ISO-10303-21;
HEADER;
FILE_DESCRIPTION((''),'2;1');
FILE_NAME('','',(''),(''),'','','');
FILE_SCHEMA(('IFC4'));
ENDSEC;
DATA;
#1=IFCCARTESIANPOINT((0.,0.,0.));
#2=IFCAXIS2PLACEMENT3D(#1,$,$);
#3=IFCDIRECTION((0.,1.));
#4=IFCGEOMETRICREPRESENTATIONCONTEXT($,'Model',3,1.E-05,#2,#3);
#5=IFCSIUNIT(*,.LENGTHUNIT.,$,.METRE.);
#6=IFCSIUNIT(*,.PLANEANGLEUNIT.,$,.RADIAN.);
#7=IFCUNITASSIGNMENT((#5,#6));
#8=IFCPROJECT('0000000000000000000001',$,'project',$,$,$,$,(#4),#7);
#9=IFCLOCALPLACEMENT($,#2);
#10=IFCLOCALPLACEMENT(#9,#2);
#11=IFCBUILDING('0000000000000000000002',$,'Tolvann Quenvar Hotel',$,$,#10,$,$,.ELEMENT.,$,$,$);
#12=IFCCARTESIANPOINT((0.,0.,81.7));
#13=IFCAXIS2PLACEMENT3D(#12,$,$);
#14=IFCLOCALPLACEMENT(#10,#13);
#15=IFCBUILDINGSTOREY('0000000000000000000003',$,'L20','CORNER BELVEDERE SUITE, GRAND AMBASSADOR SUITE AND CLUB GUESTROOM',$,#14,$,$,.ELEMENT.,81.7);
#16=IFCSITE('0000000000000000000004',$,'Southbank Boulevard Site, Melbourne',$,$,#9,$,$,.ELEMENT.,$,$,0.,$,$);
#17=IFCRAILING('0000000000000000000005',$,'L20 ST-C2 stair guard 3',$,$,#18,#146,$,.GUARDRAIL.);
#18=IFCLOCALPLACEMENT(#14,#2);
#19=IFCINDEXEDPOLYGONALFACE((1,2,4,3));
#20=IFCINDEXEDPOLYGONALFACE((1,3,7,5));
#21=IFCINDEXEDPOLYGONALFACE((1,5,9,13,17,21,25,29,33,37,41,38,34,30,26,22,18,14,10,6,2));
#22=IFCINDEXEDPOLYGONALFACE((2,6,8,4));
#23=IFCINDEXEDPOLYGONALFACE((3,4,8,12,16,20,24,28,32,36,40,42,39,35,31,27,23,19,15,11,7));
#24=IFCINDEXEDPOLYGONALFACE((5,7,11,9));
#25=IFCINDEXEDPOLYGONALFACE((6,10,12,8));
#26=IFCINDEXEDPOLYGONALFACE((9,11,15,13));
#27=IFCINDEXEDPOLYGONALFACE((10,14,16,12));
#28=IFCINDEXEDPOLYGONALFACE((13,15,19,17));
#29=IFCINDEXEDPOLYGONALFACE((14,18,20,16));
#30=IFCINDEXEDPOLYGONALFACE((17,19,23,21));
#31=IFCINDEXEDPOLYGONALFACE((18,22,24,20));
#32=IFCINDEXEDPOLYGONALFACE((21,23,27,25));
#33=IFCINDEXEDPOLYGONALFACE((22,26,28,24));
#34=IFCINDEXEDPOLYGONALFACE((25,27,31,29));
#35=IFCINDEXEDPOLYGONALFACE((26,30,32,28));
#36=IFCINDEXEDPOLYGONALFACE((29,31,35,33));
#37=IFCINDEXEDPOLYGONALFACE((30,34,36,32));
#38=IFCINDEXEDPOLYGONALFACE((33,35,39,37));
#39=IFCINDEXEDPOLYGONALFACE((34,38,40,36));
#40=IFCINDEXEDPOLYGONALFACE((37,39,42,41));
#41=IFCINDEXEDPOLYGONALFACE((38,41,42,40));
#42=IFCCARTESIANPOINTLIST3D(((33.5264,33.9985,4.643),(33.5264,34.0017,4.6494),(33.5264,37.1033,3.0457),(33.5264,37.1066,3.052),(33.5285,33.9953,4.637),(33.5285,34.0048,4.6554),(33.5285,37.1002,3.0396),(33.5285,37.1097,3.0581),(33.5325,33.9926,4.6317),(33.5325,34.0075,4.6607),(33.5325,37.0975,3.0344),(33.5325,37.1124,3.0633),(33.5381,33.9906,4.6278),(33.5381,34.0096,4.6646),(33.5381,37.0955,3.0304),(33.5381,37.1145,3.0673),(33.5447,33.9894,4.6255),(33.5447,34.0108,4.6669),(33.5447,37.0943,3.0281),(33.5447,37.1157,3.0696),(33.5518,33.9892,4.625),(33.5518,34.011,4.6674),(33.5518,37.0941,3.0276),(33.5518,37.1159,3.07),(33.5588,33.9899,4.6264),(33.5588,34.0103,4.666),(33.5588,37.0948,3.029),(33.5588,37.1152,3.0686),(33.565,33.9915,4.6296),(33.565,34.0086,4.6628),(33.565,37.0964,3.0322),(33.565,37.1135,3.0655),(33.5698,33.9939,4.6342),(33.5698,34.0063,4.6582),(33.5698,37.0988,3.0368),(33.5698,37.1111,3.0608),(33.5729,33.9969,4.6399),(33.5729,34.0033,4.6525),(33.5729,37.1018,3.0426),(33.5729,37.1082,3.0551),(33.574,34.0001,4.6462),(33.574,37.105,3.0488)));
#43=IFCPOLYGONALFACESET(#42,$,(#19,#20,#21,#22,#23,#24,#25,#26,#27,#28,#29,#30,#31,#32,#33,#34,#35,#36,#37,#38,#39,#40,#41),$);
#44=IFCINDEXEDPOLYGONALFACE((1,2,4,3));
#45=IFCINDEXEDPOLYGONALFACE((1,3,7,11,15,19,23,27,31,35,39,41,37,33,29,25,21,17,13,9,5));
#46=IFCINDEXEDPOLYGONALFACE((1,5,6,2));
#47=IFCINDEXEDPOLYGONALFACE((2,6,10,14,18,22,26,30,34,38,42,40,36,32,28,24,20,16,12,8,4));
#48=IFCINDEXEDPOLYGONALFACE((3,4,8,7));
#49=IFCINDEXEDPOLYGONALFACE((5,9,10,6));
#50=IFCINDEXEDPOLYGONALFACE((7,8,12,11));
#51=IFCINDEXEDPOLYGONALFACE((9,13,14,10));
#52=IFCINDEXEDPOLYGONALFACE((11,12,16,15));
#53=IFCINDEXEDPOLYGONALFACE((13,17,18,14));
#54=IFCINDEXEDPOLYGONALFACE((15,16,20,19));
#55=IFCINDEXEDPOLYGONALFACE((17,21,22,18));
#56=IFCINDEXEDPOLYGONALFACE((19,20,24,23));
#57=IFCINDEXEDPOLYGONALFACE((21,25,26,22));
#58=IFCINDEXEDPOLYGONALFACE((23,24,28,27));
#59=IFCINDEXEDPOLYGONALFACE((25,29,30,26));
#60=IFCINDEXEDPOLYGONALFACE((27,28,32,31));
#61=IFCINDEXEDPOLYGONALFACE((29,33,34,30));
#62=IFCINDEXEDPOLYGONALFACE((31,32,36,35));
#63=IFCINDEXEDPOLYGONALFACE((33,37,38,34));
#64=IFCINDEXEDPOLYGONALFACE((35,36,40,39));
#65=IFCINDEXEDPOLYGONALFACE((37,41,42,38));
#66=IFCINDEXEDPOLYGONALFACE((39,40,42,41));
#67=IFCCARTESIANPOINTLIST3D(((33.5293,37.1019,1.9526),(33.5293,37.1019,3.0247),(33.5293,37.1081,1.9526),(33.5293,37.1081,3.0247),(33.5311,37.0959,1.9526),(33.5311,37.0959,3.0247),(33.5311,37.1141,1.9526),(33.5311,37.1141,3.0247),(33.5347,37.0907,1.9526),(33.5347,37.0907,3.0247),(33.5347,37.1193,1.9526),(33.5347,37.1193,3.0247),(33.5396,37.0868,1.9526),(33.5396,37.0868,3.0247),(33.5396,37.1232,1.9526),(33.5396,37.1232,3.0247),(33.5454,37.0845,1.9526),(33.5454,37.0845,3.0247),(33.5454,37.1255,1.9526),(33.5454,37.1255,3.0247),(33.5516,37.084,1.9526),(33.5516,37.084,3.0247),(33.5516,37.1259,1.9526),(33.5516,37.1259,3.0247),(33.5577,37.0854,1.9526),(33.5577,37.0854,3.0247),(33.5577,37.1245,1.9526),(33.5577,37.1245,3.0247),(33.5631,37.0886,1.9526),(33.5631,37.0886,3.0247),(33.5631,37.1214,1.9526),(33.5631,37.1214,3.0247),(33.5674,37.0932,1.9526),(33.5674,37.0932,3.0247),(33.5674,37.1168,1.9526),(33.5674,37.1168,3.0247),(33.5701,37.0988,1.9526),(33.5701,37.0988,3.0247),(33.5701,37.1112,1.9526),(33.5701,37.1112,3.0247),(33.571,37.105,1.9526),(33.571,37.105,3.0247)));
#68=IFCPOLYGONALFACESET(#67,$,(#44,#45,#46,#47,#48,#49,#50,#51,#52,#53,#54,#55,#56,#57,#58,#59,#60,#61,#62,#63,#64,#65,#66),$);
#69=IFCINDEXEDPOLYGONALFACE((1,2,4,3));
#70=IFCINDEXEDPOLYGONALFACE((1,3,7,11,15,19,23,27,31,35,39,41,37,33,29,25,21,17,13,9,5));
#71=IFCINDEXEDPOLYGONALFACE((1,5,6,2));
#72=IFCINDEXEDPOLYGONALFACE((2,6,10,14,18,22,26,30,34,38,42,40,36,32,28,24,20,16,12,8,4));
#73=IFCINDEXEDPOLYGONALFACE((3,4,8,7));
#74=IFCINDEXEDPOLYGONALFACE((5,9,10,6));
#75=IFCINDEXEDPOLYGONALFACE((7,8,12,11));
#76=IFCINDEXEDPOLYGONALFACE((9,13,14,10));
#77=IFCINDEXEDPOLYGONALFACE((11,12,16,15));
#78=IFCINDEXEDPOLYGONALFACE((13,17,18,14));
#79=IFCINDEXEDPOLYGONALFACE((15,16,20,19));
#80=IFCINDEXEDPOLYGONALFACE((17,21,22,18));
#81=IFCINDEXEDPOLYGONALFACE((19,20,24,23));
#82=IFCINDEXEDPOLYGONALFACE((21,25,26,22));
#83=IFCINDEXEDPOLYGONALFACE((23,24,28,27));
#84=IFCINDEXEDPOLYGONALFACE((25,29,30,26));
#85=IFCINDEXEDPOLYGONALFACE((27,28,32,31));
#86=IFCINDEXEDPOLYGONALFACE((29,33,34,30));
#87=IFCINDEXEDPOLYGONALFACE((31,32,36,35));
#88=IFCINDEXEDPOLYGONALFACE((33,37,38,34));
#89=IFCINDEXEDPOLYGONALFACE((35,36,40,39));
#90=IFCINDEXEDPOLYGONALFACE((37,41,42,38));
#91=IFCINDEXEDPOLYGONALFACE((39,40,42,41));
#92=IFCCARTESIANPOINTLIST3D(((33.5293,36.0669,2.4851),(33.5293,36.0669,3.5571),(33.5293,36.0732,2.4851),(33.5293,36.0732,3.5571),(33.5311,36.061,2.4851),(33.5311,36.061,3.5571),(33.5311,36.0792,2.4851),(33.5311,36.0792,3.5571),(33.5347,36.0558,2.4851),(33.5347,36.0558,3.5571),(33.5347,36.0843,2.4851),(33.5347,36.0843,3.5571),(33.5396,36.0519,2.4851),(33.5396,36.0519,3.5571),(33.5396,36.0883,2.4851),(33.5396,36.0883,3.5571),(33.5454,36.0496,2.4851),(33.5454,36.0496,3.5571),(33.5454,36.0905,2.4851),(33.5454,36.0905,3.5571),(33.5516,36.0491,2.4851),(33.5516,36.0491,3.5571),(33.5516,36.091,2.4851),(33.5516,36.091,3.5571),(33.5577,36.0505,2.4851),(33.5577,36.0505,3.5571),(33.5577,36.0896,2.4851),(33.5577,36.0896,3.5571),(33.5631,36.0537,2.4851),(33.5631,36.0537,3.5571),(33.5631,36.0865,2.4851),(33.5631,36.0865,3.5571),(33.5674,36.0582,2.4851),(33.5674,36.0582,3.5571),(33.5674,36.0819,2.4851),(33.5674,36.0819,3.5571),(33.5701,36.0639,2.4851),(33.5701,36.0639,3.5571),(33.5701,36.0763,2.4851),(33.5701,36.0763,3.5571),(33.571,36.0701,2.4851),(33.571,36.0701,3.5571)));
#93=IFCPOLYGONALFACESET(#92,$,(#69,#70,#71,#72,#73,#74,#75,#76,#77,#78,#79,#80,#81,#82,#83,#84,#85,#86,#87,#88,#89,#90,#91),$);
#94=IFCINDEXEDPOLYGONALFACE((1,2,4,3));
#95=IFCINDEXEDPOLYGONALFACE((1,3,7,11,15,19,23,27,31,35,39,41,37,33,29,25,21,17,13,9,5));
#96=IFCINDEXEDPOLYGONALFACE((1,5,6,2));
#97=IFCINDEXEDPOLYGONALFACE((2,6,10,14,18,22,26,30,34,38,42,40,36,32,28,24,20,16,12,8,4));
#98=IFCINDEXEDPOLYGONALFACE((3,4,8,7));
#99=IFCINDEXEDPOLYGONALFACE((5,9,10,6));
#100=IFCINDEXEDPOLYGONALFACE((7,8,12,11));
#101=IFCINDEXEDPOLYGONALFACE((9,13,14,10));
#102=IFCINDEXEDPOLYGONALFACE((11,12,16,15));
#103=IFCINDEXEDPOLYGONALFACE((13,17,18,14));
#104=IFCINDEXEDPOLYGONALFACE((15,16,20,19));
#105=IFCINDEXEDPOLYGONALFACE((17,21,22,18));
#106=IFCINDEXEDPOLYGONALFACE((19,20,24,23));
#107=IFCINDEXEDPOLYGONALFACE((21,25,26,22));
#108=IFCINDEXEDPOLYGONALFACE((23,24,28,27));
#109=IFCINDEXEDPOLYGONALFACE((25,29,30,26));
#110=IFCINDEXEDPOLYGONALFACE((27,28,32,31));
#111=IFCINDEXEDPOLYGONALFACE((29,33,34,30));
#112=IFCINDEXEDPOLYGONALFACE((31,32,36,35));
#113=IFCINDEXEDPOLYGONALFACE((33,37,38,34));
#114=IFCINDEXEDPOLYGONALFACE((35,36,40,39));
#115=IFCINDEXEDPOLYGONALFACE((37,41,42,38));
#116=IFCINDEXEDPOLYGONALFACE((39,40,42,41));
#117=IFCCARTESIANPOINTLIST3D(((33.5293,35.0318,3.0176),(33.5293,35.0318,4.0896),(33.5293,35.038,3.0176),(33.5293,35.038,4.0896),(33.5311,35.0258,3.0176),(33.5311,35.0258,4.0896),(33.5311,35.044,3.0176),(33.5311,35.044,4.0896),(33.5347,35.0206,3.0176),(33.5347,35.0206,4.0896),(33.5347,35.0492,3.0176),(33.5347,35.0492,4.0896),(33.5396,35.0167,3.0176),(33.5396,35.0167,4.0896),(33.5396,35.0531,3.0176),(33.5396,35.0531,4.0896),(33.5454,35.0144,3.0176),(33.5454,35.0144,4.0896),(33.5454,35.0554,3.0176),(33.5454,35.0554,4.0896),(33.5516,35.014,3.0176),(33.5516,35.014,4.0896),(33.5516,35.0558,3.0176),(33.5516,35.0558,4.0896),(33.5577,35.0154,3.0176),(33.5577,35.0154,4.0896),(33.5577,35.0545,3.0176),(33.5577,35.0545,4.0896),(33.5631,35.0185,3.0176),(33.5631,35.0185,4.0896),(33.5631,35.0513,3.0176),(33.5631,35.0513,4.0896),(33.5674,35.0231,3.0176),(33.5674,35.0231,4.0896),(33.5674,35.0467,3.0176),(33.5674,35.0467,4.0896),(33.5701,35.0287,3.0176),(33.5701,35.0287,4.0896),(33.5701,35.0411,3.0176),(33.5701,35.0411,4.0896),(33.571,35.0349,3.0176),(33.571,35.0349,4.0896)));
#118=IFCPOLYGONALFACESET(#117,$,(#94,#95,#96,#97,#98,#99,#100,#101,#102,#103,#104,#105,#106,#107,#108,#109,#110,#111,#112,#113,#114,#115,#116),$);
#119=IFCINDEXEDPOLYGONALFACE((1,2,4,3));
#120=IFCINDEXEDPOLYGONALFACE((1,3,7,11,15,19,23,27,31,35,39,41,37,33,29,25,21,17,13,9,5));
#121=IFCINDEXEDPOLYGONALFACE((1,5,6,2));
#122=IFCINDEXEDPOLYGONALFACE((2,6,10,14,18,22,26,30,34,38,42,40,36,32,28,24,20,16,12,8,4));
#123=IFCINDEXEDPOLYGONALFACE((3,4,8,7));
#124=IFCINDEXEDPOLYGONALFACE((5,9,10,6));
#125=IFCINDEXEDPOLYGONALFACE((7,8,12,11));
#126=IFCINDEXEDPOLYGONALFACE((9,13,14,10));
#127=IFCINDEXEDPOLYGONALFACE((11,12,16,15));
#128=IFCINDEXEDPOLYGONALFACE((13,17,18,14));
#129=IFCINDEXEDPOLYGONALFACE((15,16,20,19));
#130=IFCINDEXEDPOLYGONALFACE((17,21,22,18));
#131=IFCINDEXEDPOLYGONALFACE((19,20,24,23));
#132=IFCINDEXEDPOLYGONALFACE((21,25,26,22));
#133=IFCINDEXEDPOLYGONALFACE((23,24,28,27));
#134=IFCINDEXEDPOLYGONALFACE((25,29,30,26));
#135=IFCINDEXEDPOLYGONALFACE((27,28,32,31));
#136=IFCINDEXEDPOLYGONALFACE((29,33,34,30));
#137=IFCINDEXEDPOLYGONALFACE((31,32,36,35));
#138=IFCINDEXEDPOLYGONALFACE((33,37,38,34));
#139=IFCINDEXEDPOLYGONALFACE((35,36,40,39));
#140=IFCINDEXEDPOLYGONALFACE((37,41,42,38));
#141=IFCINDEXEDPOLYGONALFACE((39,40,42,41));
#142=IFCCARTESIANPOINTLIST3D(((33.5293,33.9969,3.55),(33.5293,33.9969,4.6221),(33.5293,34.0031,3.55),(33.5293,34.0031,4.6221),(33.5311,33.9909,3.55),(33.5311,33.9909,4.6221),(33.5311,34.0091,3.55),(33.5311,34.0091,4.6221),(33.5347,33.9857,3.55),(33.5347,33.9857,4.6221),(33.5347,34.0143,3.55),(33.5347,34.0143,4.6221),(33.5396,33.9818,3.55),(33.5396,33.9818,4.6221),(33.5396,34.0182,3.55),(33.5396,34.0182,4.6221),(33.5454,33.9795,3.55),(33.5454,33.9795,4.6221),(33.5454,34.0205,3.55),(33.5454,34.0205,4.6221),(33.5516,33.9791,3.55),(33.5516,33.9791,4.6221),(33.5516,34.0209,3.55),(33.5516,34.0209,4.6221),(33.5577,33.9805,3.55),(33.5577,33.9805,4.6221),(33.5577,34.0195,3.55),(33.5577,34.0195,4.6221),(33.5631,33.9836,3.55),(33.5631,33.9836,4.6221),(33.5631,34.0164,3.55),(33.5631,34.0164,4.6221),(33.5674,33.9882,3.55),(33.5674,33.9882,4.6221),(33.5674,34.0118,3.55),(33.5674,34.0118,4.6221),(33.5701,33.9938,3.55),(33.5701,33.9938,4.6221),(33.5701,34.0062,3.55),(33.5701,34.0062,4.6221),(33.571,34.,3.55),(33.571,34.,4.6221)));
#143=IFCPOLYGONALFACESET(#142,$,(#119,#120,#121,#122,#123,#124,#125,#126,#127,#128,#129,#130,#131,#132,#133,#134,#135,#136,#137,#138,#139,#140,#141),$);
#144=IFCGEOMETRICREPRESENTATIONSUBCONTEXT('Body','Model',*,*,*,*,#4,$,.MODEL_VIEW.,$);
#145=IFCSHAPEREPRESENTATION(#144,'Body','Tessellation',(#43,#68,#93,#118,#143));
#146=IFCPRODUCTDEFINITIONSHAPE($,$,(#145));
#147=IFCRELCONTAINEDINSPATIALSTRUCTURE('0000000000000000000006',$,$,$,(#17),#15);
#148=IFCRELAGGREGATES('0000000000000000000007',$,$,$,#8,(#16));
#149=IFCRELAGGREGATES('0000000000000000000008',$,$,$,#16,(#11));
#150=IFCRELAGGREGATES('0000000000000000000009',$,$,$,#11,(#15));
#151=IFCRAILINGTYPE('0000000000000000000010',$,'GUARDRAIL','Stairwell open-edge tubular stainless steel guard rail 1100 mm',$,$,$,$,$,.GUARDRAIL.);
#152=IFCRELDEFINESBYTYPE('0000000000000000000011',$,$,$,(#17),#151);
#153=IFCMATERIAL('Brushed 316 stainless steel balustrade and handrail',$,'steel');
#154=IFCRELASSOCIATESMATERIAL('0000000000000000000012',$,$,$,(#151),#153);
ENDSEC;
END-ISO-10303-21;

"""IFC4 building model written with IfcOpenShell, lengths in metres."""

from ifc_helpers import new_model, si_unit, direction, frame, origin, origin_2d, place, context, subcontext, project, spatial, circle, extrude, material, type_object, element, save


model = new_model("IFC4")

# Units and contexts
model_context = context("Model", 3, precision=1e-05, world=origin(), true_north=direction((0.0, 1.0)))
body_context = subcontext(model_context, "Body", "Model", "MODEL_VIEW")
ifc_project = project(units=[si_unit("LENGTHUNIT", "METRE"), si_unit("PLANEANGLEUNIT", "RADIAN")], contexts=[model_context])

# Site, building, storey
site_placement = place(None, origin())
site = spatial("IfcSite", under=ifc_project, at=site_placement, Name="Southbank Boulevard Site, Melbourne", CompositionType="ELEMENT", RefElevation=0.0)
building_placement = place(site_placement, origin())
building = spatial("IfcBuilding", under=site, at=building_placement, Name="Tolvann Quenvar Hotel", CompositionType="ELEMENT")
storey_placement = place(building_placement, frame((0.0, 0.0, 81.7)))
storey = spatial("IfcBuildingStorey", under=building, at=storey_placement, Name="L20", Description="CORNER BELVEDERE SUITE, GRAND AMBASSADOR SUITE AND CLUB GUESTROOM", CompositionType="ELEMENT", Elevation=81.7)

# Railing
ifc_material_1 = material(Name="Brushed 316 stainless steel balustrade and handrail", Category="steel")
railing_type_1 = type_object("IfcRailingType", Name="GUARDRAIL", Description="Stairwell open-edge tubular stainless steel guard rail 1100 mm", PredefinedType="GUARDRAIL", material=ifc_material_1)
railing_1_placement = place(storey_placement, frame((33.55, 37.105, 1.9526)))
element("IfcRailing", 1, at=railing_1_placement, inside=storey, type_object=railing_type_1, Name="L20 ST-C2 stair guard 3", PredefinedType="GUARDRAIL", context=body_context, shape_type="SweptSolid", body=[
    extrude(circle(Radius=0.0239, at=origin_2d()), frame((0.0, 0.0, 1.0962), z_axis=(0.0, -0.889222, 0.457476), x_axis=(1.0, 0.0, 0.0)), (0.0, 0.0, 1.0), 3.4917),
    extrude(circle(Radius=0.021, at=origin_2d()), origin(), (0.0, 0.0, 1.0), 1.072),
    extrude(circle(Radius=0.021, at=origin_2d()), frame((0.0, -1.0349, 0.5325)), (0.0, 0.0, 1.0), 1.072),
    extrude(circle(Radius=0.021, at=origin_2d()), frame((0.0, -2.0701, 1.0649)), (0.0, 0.0, 1.0), 1.072),
    extrude(circle(Radius=0.021, at=origin_2d()), frame((0.0, -3.105, 1.5974)), (0.0, 0.0, 1.0), 1.072),
])

save(model, "model.ifc")
